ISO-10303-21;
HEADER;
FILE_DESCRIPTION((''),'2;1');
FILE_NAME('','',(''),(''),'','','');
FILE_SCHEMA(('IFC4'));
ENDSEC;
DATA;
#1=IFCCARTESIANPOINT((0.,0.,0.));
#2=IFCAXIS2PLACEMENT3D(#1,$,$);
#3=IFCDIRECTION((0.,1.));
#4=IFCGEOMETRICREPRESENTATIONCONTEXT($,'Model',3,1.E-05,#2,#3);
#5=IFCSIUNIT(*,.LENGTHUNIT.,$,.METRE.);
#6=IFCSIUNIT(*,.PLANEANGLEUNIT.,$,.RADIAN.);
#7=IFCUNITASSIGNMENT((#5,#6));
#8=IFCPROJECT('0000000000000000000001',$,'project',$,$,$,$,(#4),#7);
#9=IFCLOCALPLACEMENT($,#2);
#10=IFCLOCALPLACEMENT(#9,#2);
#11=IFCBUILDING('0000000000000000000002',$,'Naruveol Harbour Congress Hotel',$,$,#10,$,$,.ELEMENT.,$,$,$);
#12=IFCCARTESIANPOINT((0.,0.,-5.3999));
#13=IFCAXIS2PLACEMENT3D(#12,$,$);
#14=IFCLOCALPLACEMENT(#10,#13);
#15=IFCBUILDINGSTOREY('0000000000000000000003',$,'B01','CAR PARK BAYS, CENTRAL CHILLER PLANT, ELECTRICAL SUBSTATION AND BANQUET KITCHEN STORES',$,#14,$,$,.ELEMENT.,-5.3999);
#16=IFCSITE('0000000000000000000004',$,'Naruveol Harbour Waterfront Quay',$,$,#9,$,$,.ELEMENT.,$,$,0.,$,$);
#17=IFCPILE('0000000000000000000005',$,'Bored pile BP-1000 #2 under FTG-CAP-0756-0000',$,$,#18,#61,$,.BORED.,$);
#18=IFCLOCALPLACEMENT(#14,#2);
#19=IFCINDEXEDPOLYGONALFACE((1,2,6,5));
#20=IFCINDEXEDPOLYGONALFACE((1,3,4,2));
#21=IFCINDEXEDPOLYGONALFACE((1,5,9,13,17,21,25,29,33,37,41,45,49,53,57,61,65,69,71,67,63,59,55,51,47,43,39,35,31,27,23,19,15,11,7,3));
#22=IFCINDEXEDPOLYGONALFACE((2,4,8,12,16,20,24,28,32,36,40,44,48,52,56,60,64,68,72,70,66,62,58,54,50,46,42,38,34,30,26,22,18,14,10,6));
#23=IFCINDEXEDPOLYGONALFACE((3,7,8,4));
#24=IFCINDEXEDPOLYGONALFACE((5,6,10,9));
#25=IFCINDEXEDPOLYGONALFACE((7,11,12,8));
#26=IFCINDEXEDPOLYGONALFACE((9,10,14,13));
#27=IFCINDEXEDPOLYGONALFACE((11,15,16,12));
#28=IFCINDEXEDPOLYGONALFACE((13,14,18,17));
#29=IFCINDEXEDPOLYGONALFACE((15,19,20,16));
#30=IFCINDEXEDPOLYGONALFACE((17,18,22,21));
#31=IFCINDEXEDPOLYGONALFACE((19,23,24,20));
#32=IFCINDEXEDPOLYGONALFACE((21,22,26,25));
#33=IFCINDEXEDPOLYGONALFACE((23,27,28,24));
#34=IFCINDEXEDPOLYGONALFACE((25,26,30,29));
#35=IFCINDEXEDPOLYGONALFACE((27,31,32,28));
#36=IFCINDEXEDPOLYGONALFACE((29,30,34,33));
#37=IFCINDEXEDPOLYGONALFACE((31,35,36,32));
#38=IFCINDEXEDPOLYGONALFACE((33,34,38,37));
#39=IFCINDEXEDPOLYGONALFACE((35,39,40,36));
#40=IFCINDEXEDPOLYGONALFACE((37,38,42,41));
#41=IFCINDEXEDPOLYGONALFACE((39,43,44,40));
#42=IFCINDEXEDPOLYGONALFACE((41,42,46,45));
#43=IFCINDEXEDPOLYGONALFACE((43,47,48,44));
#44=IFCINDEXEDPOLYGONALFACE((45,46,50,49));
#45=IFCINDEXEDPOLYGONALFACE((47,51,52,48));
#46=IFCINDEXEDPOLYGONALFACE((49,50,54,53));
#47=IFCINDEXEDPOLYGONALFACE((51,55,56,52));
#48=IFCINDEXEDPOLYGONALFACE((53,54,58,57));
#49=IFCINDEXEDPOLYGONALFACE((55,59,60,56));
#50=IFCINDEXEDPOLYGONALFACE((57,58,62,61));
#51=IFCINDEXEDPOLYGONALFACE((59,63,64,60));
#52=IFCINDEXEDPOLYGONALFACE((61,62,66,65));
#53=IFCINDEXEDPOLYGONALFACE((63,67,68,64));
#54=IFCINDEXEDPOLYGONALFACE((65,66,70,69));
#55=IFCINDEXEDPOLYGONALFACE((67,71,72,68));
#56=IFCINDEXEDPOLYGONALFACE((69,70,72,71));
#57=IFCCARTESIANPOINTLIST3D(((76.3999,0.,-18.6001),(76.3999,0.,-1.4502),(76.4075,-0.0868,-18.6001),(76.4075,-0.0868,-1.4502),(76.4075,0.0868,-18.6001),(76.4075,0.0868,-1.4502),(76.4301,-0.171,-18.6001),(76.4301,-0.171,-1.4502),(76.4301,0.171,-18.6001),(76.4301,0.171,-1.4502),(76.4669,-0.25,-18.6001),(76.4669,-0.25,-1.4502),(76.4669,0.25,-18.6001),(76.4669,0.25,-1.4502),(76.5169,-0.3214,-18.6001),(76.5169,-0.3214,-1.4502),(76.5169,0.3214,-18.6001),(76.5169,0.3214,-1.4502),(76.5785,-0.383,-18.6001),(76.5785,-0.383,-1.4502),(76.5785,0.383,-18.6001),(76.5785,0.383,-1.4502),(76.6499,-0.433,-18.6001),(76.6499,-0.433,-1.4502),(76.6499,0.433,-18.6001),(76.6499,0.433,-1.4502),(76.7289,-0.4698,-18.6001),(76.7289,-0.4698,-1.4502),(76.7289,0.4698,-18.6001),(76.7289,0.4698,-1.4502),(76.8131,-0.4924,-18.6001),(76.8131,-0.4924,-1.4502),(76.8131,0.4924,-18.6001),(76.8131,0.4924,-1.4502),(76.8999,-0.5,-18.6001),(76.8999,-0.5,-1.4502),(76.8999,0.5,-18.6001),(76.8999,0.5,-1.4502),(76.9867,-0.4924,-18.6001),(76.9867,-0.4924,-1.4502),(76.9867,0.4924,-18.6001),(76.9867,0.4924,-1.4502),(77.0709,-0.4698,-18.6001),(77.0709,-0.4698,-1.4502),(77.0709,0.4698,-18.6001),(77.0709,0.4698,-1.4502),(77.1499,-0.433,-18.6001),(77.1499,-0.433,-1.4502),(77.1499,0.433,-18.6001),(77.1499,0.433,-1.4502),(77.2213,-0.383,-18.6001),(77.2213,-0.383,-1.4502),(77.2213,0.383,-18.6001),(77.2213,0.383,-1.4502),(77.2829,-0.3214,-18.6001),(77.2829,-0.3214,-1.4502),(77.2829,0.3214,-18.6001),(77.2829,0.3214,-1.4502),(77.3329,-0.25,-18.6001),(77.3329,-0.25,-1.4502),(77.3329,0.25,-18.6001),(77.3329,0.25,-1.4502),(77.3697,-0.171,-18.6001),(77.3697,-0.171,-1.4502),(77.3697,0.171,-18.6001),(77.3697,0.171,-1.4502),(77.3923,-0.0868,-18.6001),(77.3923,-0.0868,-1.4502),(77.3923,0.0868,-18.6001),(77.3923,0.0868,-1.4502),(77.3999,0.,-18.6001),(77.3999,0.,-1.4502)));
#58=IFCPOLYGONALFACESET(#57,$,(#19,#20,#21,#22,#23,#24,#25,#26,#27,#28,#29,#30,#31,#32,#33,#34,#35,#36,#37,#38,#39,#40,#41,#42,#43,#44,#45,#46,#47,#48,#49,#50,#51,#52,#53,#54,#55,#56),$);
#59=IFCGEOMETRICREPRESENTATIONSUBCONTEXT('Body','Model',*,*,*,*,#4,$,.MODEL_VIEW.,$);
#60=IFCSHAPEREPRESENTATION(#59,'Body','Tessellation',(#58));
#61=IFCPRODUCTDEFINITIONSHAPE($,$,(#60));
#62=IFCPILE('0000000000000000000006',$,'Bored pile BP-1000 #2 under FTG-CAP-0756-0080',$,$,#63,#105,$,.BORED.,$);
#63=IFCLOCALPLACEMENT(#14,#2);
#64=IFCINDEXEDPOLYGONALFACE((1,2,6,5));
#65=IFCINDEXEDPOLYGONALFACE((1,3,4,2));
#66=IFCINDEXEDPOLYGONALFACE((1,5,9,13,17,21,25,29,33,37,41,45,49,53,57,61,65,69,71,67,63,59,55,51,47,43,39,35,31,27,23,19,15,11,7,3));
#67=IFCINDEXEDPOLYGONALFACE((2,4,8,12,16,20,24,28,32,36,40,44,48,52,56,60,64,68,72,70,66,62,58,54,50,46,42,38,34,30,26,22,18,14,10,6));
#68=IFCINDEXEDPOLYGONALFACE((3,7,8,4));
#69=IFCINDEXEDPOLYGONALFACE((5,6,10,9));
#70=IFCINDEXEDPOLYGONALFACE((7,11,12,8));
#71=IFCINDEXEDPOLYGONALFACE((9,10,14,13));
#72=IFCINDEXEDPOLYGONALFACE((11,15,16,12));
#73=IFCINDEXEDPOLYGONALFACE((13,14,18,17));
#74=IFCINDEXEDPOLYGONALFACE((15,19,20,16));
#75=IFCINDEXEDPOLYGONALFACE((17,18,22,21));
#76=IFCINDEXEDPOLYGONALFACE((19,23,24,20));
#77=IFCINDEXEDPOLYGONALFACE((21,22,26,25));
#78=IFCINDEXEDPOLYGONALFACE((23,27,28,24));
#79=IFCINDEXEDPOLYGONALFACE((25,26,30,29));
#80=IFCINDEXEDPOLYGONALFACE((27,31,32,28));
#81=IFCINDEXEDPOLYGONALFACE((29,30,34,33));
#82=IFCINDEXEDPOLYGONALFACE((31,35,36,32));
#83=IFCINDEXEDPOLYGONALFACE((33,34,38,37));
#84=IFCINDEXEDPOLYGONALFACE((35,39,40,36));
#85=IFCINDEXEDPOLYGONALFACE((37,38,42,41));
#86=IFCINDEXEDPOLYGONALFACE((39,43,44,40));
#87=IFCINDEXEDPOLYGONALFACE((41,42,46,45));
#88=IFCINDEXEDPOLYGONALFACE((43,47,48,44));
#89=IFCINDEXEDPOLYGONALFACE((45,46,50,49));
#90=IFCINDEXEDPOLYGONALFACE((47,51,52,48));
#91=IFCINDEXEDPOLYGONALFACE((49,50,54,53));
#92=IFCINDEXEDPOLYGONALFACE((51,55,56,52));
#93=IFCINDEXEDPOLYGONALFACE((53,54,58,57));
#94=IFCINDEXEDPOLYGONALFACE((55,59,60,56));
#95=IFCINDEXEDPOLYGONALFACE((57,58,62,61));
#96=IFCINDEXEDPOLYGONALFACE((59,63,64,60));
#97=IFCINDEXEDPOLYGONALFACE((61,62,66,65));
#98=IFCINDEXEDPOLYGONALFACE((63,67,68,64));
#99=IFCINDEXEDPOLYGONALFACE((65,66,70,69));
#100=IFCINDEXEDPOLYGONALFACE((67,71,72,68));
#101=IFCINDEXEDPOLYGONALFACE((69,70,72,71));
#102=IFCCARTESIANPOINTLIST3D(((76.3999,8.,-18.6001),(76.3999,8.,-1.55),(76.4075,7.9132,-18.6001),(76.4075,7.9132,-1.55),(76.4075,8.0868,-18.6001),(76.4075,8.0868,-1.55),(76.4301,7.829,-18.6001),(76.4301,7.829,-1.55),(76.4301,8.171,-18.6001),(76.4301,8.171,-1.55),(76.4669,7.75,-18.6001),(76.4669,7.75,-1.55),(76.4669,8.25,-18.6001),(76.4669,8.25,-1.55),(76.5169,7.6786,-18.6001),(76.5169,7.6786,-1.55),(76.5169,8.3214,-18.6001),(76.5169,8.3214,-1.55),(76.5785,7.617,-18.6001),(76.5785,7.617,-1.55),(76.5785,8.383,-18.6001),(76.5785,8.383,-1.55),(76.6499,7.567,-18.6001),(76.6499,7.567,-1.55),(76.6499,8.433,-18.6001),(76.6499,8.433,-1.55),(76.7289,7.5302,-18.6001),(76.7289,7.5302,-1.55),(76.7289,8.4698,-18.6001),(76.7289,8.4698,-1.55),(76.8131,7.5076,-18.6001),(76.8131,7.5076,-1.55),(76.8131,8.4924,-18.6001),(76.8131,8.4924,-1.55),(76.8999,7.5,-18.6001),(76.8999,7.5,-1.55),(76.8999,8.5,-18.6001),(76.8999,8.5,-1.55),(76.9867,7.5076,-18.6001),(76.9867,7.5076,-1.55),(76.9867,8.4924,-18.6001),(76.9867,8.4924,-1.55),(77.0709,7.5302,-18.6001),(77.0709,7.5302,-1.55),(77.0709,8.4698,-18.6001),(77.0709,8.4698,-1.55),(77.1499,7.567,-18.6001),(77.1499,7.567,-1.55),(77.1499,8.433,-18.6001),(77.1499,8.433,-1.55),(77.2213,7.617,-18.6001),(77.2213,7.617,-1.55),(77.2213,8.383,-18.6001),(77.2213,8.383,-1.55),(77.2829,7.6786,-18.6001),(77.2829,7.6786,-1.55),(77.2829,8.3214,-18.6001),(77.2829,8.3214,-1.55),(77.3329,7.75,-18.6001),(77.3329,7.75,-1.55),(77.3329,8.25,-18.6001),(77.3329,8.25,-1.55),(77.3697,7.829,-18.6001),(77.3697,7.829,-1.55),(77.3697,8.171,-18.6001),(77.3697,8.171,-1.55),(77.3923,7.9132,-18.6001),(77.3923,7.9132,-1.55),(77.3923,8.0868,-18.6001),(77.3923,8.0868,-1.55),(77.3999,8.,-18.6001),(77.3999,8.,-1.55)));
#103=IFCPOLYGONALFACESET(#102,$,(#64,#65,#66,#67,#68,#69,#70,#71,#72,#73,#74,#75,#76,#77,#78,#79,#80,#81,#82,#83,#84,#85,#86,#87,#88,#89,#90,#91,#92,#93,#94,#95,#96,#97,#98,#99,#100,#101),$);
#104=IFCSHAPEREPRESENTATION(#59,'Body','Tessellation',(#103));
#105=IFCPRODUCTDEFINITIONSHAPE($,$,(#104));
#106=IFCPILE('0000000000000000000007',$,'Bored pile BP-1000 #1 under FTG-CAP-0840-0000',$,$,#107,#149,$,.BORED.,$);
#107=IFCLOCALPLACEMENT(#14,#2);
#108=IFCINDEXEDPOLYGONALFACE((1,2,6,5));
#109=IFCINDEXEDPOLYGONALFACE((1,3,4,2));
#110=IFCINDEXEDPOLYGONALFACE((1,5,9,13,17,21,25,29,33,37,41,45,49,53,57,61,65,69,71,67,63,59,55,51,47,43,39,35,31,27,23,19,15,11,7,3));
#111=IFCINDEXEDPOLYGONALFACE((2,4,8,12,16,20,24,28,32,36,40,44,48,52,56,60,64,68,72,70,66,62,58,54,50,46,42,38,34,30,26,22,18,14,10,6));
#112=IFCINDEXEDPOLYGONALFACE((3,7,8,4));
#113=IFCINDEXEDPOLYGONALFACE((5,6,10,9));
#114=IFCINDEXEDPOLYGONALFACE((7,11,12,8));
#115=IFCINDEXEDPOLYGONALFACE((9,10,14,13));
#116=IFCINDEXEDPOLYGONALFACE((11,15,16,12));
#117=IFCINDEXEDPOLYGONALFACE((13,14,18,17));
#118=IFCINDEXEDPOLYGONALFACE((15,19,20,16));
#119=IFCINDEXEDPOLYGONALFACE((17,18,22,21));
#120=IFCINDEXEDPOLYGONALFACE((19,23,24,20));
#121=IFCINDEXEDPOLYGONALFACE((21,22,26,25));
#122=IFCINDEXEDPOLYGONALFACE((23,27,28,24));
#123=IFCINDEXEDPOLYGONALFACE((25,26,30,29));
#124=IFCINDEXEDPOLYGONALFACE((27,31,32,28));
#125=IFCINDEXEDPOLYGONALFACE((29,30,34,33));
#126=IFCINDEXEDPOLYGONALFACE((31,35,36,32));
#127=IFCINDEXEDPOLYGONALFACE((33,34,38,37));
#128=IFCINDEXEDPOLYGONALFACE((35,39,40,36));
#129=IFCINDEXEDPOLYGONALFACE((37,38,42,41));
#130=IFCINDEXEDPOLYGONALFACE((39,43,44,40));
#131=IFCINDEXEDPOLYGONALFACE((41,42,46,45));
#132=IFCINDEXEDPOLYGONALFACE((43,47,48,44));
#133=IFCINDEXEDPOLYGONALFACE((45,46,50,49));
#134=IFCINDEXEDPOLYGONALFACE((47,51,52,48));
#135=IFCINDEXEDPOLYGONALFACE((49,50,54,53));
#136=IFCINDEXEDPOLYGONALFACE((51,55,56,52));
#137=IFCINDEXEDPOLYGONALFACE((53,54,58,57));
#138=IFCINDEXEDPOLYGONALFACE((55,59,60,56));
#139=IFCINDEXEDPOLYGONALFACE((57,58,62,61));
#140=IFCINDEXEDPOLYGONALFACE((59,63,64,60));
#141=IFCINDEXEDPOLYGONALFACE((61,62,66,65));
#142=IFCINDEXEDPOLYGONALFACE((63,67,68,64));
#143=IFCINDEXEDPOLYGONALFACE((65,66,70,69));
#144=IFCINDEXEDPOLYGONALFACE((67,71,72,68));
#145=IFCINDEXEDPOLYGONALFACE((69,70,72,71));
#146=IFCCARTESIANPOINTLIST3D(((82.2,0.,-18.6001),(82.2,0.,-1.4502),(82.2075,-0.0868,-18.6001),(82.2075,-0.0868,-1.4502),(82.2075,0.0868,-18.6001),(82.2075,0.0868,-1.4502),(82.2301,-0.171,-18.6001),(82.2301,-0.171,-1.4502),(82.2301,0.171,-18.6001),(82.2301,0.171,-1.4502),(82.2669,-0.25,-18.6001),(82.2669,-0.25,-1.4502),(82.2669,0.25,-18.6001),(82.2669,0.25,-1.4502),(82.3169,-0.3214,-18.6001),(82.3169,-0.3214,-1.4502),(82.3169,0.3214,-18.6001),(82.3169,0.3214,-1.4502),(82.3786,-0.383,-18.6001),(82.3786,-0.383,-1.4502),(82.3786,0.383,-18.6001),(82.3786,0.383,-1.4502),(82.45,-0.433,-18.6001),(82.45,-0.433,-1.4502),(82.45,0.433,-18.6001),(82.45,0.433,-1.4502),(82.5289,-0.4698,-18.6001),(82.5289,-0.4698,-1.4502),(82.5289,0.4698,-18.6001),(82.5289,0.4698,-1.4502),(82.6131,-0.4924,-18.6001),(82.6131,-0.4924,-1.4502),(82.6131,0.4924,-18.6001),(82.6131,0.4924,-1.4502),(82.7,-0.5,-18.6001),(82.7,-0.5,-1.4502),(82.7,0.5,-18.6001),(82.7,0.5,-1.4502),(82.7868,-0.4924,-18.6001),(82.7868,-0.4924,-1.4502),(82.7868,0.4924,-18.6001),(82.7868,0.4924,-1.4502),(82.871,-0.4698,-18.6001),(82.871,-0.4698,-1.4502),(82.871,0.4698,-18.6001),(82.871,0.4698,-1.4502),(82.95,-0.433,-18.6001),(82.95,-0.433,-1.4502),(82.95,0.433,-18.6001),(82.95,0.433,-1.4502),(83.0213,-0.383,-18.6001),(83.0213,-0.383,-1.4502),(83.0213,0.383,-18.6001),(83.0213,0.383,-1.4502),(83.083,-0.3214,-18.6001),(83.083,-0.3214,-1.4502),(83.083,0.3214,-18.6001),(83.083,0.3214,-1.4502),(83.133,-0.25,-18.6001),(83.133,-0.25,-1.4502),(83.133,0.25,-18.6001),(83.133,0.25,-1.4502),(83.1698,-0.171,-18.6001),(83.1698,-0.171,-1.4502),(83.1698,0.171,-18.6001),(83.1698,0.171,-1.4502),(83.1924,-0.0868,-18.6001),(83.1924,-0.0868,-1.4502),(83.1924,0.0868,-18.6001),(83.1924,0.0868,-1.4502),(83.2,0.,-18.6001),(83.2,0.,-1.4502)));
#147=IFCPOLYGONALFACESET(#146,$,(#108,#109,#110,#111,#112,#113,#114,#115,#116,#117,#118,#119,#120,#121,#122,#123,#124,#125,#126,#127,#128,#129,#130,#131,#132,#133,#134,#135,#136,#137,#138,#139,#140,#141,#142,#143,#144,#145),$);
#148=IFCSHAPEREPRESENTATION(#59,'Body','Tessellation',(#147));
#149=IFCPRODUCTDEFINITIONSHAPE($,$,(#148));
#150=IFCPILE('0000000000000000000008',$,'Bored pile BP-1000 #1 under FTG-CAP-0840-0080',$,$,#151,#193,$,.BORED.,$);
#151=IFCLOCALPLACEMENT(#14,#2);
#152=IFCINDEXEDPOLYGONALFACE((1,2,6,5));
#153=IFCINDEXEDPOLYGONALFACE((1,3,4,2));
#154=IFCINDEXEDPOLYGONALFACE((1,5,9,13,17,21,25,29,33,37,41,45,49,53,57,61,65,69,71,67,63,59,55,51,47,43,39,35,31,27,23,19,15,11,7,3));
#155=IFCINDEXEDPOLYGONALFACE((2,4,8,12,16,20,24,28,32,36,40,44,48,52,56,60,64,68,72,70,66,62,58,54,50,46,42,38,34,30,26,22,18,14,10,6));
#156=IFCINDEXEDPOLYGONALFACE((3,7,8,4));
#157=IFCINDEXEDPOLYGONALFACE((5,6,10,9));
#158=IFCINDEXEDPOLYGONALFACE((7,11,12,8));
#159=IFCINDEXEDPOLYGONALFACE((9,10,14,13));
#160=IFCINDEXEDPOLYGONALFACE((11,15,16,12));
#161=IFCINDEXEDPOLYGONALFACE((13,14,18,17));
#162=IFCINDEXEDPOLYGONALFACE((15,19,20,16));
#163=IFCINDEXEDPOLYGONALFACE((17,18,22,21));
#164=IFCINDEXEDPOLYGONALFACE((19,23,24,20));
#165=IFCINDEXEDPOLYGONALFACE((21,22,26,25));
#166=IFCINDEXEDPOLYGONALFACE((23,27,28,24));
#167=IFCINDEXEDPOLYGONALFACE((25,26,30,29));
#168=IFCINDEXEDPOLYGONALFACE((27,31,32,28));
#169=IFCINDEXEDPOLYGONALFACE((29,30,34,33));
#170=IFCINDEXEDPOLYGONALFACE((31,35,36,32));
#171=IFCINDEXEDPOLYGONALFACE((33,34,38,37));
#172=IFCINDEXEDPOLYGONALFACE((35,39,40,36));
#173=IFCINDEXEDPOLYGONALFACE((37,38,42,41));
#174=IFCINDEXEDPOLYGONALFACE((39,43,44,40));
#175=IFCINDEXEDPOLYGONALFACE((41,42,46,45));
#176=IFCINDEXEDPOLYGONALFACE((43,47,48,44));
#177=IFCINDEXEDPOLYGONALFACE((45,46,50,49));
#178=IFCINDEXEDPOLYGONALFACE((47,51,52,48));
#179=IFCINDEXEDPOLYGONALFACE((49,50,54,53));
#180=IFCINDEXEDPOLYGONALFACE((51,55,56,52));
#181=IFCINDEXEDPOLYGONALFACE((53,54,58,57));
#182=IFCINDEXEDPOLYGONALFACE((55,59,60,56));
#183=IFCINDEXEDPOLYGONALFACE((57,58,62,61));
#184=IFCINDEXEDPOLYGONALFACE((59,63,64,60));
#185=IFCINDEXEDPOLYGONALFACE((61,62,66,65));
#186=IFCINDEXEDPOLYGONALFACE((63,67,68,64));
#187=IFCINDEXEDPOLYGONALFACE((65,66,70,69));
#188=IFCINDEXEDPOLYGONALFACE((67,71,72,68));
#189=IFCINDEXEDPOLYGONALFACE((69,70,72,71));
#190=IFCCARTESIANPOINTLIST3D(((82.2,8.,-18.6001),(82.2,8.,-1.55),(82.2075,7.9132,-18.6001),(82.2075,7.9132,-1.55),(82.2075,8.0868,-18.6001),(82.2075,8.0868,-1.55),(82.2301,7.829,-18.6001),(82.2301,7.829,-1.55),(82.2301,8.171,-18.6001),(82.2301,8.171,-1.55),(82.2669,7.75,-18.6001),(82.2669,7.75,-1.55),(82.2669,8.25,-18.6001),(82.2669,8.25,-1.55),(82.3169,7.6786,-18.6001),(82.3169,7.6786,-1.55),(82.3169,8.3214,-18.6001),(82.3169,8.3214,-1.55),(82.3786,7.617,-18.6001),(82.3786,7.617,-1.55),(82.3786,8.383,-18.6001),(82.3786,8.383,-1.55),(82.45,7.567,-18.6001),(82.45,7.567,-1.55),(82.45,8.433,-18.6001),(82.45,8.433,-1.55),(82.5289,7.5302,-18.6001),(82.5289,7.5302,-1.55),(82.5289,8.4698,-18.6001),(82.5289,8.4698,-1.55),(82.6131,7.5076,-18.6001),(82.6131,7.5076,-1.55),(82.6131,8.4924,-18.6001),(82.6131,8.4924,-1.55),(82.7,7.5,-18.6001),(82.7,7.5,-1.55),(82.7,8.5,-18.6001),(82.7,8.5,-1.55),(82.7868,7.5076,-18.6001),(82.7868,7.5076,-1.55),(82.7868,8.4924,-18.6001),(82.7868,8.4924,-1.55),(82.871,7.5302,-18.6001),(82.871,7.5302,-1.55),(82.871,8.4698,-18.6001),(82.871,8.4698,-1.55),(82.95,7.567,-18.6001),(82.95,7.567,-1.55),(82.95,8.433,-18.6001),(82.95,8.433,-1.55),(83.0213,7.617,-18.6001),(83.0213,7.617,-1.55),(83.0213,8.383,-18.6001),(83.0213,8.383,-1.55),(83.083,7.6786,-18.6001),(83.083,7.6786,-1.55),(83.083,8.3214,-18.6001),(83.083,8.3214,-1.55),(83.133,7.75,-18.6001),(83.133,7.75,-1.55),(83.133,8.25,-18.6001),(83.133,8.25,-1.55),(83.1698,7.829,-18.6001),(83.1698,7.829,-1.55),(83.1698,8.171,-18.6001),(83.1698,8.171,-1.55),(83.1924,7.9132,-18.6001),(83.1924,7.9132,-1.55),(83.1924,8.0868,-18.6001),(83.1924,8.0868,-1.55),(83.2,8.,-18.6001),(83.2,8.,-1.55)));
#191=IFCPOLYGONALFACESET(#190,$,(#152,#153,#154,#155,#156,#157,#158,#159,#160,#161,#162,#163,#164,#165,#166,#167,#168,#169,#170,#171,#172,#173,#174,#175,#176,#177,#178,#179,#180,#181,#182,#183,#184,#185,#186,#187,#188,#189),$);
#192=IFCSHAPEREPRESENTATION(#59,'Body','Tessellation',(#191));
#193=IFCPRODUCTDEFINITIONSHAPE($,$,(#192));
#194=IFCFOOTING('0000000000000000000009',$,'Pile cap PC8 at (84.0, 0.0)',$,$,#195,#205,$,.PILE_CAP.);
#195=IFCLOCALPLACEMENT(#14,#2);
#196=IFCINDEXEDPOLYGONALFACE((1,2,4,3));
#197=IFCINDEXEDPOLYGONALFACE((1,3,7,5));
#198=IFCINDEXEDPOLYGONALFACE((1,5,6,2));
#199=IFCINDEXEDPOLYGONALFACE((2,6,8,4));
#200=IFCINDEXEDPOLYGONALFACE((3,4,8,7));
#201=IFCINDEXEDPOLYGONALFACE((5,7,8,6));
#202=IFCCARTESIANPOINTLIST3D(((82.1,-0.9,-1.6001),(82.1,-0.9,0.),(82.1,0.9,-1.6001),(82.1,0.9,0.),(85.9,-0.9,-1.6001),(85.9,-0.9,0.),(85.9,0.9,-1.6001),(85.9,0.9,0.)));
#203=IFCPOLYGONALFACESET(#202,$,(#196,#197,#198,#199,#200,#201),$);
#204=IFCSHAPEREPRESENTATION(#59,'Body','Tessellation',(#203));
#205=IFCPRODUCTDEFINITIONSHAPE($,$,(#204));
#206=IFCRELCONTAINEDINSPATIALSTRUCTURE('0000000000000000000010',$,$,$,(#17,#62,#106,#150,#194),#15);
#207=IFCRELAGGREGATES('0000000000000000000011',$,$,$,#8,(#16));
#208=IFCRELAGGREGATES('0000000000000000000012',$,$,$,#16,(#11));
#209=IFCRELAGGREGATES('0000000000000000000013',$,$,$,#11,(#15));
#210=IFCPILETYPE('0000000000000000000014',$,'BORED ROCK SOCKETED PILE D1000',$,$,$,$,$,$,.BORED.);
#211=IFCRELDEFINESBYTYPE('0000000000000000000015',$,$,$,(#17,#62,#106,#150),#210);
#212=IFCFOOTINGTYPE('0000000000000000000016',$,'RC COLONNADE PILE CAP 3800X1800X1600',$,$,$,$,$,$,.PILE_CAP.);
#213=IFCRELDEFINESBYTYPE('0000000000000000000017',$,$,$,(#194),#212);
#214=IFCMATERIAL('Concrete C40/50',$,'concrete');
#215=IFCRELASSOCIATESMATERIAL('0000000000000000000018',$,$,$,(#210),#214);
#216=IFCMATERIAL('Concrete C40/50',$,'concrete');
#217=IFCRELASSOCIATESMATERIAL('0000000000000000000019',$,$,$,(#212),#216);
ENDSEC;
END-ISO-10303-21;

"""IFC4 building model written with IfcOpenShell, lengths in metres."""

from ifc_helpers import new_model, si_unit, direction, frame, origin, origin_2d, place, context, subcontext, project, spatial, rectangle, circle, extrude, material, material_profile, profile_set, type_object, element, save


model = new_model("IFC4")

# Units and contexts
model_context = context("Model", 3, precision=1e-05, world=origin(), true_north=direction((0.0, 1.0)))
body_context = subcontext(model_context, "Body", "Model", "MODEL_VIEW")
ifc_project = project(units=[si_unit("LENGTHUNIT", "METRE"), si_unit("PLANEANGLEUNIT", "RADIAN")], contexts=[model_context])

# Site, building, storey
site_placement = place(None, origin())
site = spatial("IfcSite", under=ifc_project, at=site_placement, Name="Naruveol Harbour Waterfront Quay", CompositionType="ELEMENT", RefElevation=0.0)
building_placement = place(site_placement, origin())
building = spatial("IfcBuilding", under=site, at=building_placement, Name="Naruveol Harbour Congress Hotel", CompositionType="ELEMENT")
storey_placement = place(building_placement, frame((0.0, 0.0, -5.3999)))
storey = spatial("IfcBuildingStorey", under=building, at=storey_placement, Name="B01", Description="CAR PARK BAYS, CENTRAL CHILLER PLANT, ELECTRICAL SUBSTATION AND BANQUET KITCHEN STORES", CompositionType="ELEMENT", Elevation=-5.3999)

# Piles
ifc_material_1 = material(Name="Concrete C40/50", Category="concrete")
ifc_material_profile_1 = material_profile(ifc_material_1, circle(Radius=0.5, at=origin_2d()), Name="BP-1000")
ifc_profile_set_1 = profile_set([ifc_material_profile_1], Name="Concrete C40/50")
pile_type = type_object("IfcPileType", Name="BORED ROCK SOCKETED PILE D1000", PredefinedType="BORED", material=ifc_profile_set_1)
pile_1_placement = place(storey_placement, frame((76.8999, 0.0, -1.4502), z_axis=(0.0, 0.0, -1.0), x_axis=(1.0, 0.0, 0.0)))
element("IfcPile", 1, at=pile_1_placement, inside=storey, type_object=pile_type, Name="Bored pile BP-1000 #2 under FTG-CAP-0756-0000", PredefinedType="BORED", context=body_context, shape_type="SweptSolid", body=[
    extrude(circle(Radius=0.5, at=origin_2d()), origin(), (0.0, 0.0, 1.0), 17.1499),
])
pile_2_placement = place(storey_placement, frame((76.8999, 8.0, -1.55), z_axis=(0.0, 0.0, -1.0), x_axis=(1.0, 0.0, 0.0)))
element("IfcPile", 2, at=pile_2_placement, inside=storey, type_object=pile_type, Name="Bored pile BP-1000 #2 under FTG-CAP-0756-0080", PredefinedType="BORED", context=body_context, shape_type="SweptSolid", body=[
    extrude(circle(Radius=0.5, at=origin_2d()), origin(), (0.0, 0.0, 1.0), 17.05),
])
pile_3_placement = place(storey_placement, frame((82.7, 0.0, -1.4502), z_axis=(0.0, 0.0, -1.0), x_axis=(1.0, 0.0, 0.0)))
element("IfcPile", 3, at=pile_3_placement, inside=storey, type_object=pile_type, Name="Bored pile BP-1000 #1 under FTG-CAP-0840-0000", PredefinedType="BORED", context=body_context, shape_type="SweptSolid", body=[
    extrude(circle(Radius=0.5, at=origin_2d()), origin(), (0.0, 0.0, 1.0), 17.1499),
])
pile_4_placement = place(storey_placement, frame((82.7, 8.0, -1.55), z_axis=(0.0, 0.0, -1.0), x_axis=(1.0, 0.0, 0.0)))
element("IfcPile", 4, at=pile_4_placement, inside=storey, type_object=pile_type, Name="Bored pile BP-1000 #1 under FTG-CAP-0840-0080", PredefinedType="BORED", context=body_context, shape_type="SweptSolid", body=[
    extrude(circle(Radius=0.5, at=origin_2d()), origin(), (0.0, 0.0, 1.0), 17.05),
])

# Footing
ifc_material_2 = material(Name="Concrete C40/50", Category="concrete")
footing_type_1 = type_object("IfcFootingType", Name="RC COLONNADE PILE CAP 3800X1800X1600", PredefinedType="PILE_CAP", material=ifc_material_2)
footing_1_placement = place(storey_placement, frame((84.0, 0.0, -1.6001), z_axis=(0.0, 0.0, 1.0), x_axis=(1.0, 0.0, 0.0)))
element("IfcFooting", 5, at=footing_1_placement, inside=storey, type_object=footing_type_1, Name="Pile cap PC8 at (84.0, 0.0)", PredefinedType="PILE_CAP", context=body_context, shape_type="SweptSolid", body=[
    extrude(rectangle(XDim=3.8, YDim=1.8, at=origin_2d()), origin(), (0.0, 0.0, 1.0), 1.6001),
])

save(model, "model.ifc")
